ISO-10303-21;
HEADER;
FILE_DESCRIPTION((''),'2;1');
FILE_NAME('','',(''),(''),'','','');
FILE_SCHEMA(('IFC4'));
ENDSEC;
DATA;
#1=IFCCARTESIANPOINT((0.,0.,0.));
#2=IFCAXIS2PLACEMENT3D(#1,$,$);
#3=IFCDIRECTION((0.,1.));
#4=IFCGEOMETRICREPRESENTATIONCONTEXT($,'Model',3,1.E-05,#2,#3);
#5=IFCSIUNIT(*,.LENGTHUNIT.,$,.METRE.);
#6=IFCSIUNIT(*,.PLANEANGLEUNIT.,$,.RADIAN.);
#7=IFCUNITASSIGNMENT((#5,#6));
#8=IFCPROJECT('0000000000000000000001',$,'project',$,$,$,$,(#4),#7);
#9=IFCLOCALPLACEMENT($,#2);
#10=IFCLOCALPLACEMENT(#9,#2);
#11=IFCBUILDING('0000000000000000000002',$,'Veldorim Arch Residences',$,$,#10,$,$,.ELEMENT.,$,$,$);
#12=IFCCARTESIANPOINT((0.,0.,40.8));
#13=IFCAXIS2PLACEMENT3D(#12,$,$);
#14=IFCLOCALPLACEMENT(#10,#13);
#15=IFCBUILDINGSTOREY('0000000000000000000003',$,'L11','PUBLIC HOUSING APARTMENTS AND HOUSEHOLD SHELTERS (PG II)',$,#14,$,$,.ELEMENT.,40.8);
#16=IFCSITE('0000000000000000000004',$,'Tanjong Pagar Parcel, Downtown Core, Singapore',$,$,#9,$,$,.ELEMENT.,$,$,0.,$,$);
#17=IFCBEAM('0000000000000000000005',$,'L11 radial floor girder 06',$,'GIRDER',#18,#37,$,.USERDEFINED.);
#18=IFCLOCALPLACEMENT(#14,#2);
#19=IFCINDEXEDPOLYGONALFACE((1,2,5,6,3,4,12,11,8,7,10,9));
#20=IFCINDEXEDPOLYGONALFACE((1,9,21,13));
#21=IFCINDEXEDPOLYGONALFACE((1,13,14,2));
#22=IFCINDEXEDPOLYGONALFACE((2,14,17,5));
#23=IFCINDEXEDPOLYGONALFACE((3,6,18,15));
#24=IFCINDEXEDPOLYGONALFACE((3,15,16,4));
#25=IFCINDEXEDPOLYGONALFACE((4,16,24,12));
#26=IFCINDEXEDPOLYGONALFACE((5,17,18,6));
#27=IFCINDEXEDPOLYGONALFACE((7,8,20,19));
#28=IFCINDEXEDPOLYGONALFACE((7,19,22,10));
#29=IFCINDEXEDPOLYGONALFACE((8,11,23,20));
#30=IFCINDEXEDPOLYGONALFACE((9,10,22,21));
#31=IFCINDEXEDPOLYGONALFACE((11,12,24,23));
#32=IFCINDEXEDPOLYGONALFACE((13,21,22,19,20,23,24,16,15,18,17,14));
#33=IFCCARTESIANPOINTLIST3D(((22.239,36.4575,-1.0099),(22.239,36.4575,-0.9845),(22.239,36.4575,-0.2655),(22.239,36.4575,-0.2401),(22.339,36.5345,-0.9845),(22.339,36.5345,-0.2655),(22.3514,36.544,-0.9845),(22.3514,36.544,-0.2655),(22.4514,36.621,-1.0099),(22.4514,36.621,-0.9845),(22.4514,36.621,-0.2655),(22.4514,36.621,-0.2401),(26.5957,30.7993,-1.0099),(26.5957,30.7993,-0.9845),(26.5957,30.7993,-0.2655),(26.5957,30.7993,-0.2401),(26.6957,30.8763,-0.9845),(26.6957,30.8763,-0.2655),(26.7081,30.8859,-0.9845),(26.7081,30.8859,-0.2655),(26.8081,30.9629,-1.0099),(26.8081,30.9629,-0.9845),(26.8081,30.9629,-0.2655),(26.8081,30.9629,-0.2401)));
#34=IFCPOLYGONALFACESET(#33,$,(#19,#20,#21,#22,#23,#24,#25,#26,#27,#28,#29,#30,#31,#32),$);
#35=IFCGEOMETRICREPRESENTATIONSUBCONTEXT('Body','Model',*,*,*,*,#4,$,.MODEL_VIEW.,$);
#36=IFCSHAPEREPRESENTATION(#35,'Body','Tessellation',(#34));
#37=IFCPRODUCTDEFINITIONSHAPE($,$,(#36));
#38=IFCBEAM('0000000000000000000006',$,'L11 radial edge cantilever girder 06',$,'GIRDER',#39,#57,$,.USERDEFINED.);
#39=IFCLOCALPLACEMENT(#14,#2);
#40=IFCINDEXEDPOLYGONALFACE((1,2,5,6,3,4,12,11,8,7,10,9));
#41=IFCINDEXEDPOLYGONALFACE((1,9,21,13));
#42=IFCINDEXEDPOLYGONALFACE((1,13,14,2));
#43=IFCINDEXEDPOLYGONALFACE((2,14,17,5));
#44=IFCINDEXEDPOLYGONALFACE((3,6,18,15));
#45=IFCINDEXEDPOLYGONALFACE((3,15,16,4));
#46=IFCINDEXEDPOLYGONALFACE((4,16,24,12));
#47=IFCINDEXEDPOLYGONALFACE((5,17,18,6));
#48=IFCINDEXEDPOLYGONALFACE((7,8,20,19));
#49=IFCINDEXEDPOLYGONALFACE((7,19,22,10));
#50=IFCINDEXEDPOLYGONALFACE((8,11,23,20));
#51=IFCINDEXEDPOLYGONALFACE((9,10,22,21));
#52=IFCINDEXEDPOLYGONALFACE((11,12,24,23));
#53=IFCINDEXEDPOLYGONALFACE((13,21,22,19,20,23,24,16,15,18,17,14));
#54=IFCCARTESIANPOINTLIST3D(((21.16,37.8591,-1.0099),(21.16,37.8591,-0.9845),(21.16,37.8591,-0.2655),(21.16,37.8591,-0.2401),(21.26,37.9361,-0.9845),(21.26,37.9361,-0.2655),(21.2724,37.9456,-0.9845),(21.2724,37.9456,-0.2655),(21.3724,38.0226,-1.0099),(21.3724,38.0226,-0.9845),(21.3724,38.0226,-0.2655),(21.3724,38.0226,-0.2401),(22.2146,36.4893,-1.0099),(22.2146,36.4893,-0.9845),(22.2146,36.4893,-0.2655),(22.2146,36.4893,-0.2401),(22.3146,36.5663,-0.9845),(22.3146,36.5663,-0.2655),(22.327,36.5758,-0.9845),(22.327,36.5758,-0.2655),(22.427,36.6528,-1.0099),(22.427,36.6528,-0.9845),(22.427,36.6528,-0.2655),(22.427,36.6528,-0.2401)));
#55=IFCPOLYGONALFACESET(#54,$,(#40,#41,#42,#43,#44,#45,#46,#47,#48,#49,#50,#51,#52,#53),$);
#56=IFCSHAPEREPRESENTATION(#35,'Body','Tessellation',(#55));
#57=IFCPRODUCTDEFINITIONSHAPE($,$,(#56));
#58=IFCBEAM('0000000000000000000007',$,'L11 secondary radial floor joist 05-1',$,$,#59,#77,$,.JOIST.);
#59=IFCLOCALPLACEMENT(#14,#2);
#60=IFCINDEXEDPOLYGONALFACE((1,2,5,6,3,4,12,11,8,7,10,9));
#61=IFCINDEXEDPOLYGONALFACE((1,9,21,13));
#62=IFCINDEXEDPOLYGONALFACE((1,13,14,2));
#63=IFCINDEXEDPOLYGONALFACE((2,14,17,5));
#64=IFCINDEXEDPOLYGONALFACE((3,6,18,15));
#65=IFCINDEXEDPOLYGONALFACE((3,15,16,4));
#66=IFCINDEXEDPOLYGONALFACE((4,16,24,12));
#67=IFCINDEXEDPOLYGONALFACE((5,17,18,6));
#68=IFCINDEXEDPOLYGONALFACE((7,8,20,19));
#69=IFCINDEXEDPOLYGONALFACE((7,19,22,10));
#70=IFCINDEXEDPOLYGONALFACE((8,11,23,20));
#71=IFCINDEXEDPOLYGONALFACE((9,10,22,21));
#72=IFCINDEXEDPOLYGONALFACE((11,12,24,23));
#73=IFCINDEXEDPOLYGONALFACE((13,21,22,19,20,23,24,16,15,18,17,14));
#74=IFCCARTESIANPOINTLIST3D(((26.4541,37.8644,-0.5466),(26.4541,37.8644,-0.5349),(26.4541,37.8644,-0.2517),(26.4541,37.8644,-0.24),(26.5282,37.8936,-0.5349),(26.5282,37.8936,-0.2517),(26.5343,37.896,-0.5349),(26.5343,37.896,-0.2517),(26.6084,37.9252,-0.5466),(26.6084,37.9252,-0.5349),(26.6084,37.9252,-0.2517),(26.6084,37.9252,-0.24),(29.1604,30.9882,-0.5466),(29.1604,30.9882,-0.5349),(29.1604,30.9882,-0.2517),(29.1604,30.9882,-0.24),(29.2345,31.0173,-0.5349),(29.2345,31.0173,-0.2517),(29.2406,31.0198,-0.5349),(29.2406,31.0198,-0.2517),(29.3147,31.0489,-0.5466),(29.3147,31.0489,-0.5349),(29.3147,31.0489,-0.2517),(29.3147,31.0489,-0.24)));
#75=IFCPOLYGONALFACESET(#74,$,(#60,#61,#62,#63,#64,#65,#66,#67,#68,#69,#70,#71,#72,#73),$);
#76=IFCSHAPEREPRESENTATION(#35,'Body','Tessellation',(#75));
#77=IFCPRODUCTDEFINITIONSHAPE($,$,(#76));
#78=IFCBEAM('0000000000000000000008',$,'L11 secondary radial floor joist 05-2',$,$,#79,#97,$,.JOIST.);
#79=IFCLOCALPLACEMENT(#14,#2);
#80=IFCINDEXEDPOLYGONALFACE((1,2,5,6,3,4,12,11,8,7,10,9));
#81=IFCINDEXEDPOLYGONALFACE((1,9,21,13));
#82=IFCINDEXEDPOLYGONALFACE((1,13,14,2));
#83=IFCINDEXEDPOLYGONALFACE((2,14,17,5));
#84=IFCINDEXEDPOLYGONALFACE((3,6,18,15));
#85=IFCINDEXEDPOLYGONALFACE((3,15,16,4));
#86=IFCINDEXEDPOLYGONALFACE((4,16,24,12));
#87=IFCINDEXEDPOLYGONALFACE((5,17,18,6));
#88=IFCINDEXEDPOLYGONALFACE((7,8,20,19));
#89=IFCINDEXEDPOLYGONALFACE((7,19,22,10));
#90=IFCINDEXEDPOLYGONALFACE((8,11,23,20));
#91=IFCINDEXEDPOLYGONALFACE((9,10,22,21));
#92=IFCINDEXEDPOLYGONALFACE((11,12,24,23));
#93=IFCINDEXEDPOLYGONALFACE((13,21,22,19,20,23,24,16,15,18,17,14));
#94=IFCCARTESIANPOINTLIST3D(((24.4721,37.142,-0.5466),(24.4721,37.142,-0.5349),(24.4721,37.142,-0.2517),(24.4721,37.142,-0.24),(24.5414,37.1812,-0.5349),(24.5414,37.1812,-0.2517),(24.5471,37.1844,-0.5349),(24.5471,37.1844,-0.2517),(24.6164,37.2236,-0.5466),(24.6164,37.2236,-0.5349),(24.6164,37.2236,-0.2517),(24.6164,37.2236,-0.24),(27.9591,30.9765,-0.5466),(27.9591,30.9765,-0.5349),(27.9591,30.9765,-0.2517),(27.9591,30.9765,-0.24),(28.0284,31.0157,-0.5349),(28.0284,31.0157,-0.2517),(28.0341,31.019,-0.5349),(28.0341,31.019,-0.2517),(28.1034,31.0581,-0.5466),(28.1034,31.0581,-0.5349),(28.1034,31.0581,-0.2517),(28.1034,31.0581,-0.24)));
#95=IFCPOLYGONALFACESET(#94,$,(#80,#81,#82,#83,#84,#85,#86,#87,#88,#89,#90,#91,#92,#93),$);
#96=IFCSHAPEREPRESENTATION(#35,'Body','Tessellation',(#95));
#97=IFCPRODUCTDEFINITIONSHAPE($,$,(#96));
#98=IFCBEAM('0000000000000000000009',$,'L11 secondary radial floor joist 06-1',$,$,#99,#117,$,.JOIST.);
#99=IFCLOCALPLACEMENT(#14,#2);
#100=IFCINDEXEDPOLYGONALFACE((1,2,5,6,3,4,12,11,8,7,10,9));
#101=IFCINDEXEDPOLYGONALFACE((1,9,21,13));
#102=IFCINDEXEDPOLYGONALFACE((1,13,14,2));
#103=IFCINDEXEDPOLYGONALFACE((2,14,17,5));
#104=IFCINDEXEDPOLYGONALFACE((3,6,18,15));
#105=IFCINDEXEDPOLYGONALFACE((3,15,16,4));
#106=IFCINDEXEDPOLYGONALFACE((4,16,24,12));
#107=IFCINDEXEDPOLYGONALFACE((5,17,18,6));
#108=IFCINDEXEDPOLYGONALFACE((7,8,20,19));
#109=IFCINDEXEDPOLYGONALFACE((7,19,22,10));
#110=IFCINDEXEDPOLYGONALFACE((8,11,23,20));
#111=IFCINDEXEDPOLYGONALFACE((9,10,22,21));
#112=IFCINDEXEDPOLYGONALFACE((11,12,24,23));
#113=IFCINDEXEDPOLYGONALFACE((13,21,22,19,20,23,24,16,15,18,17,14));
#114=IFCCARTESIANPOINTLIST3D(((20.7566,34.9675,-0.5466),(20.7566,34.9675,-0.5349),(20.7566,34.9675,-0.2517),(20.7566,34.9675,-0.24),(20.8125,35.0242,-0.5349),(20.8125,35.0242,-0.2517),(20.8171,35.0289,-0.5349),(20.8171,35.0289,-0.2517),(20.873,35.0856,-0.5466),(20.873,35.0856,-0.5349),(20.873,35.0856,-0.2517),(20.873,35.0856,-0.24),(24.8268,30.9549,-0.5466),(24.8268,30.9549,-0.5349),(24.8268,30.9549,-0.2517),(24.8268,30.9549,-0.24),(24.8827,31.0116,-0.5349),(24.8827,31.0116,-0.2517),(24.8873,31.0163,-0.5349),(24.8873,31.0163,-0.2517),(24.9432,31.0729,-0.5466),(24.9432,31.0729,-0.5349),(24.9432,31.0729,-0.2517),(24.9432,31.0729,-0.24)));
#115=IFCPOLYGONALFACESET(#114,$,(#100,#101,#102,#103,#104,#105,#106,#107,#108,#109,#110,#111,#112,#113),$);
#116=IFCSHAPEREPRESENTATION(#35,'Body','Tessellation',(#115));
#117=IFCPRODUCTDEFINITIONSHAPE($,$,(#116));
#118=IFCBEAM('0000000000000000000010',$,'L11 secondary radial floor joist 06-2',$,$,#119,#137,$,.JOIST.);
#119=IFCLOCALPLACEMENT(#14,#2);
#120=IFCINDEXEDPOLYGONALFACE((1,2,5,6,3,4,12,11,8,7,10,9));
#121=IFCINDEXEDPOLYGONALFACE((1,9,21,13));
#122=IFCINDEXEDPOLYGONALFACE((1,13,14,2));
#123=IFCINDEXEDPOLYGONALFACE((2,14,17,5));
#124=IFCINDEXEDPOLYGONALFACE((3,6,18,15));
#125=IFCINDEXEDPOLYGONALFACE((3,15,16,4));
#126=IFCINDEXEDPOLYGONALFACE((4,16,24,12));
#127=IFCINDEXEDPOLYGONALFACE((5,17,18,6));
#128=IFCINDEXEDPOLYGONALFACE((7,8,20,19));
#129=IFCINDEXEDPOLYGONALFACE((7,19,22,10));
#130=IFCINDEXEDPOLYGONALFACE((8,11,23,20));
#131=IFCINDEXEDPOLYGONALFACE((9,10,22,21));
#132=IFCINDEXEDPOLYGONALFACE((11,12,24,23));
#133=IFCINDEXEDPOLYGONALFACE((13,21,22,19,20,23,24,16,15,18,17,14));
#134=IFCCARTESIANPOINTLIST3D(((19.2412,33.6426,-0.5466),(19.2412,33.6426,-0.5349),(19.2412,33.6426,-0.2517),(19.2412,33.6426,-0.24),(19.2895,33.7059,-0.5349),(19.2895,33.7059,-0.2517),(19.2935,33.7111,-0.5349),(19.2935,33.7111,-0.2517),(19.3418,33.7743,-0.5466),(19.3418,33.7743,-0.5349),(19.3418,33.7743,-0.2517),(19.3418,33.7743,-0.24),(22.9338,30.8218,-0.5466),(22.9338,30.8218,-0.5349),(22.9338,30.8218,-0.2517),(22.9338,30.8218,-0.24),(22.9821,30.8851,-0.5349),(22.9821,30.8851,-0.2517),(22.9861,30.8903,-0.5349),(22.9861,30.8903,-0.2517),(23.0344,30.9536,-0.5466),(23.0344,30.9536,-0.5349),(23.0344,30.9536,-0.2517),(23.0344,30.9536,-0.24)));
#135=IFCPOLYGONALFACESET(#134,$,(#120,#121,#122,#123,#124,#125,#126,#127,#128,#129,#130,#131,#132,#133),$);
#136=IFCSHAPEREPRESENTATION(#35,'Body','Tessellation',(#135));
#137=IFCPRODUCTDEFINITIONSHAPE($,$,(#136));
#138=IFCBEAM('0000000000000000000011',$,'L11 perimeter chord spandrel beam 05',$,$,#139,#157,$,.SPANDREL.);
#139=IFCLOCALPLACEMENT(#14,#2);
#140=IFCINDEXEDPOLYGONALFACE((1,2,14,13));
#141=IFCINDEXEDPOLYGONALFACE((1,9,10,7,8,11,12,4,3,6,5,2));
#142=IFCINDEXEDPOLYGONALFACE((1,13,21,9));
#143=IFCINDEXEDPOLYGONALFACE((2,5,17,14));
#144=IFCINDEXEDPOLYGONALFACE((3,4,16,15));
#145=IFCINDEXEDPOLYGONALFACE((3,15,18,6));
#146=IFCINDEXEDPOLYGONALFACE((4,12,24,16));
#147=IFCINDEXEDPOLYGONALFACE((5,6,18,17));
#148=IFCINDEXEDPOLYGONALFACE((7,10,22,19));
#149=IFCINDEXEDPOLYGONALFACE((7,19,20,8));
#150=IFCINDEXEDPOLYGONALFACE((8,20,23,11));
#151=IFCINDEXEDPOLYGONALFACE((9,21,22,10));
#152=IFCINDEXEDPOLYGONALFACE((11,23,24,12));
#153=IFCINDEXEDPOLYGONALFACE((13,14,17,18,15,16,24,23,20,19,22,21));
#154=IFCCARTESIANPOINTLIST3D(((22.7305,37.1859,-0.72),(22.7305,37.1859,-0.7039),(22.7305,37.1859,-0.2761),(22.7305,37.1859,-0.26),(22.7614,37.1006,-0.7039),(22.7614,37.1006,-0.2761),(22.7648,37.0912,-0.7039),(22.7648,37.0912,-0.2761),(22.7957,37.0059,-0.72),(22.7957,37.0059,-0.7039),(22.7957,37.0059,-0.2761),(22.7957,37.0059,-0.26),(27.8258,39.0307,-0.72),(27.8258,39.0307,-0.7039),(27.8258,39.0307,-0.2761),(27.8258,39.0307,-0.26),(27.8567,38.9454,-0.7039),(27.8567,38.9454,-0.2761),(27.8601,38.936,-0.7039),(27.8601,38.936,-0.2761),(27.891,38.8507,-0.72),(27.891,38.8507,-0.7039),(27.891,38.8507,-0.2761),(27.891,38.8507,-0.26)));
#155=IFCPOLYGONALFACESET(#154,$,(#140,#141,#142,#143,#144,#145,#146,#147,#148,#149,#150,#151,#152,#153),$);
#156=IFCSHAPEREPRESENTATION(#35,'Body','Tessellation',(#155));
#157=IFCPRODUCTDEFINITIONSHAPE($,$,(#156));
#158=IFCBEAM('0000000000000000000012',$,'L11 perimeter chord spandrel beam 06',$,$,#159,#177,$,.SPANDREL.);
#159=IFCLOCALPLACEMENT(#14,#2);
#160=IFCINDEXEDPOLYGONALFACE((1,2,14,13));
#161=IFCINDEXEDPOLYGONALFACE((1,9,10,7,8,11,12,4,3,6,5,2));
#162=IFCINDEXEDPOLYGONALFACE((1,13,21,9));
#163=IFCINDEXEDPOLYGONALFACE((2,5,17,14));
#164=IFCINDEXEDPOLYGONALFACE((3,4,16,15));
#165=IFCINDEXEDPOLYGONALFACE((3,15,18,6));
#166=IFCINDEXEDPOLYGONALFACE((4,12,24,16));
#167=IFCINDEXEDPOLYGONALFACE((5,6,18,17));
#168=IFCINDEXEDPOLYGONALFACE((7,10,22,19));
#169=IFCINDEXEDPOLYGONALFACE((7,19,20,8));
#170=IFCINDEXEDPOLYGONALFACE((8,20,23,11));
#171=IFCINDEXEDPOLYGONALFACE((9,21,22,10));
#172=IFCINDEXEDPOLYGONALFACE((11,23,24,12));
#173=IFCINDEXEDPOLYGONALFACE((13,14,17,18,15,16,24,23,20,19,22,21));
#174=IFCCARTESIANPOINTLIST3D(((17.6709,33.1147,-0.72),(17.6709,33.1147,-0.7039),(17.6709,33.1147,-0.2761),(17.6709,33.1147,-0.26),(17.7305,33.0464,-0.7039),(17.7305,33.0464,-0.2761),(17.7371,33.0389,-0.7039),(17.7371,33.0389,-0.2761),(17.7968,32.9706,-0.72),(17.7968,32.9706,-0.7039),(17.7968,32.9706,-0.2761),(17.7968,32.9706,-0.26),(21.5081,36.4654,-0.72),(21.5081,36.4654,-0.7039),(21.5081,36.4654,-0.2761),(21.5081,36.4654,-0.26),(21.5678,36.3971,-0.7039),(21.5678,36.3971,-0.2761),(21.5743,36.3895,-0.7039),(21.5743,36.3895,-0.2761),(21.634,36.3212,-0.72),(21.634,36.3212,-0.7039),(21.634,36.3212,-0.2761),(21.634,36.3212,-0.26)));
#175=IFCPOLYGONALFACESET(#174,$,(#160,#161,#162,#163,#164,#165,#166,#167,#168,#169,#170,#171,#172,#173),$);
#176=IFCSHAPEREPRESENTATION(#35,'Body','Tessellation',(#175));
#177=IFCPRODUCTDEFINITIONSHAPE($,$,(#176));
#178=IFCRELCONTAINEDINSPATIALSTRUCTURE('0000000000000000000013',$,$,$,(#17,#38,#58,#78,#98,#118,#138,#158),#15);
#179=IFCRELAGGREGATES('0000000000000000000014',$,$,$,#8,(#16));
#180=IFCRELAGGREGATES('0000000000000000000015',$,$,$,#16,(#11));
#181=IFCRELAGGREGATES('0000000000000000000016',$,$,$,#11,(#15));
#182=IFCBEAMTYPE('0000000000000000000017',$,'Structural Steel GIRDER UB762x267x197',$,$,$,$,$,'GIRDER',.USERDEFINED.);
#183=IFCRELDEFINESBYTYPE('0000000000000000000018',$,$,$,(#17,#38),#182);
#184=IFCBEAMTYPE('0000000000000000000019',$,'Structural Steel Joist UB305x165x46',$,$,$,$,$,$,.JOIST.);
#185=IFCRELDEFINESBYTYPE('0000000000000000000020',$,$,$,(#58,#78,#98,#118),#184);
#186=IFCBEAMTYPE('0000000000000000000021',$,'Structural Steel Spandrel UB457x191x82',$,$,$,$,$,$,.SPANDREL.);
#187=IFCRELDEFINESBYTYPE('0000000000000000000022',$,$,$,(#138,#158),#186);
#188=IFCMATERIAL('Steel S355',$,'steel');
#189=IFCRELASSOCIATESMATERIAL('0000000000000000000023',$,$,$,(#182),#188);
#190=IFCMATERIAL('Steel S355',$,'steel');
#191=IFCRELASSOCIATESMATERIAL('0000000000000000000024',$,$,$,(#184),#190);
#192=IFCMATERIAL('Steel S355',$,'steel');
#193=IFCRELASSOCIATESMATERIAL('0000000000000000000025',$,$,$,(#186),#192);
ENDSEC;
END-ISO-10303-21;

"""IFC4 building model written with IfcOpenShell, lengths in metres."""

from ifc_helpers import new_model, si_unit, direction, frame, origin, origin_2d, place, context, subcontext, project, spatial, i_section, extrude, material, material_profile, profile_set, type_object, element, save


model = new_model("IFC4")

# Units and contexts
model_context = context("Model", 3, precision=1e-05, world=origin(), true_north=direction((0.0, 1.0)))
body_context = subcontext(model_context, "Body", "Model", "MODEL_VIEW")
ifc_project = project(units=[si_unit("LENGTHUNIT", "METRE"), si_unit("PLANEANGLEUNIT", "RADIAN")], contexts=[model_context])

# Site, building, storey
site_placement = place(None, origin())
site = spatial("IfcSite", under=ifc_project, at=site_placement, Name="Tanjong Pagar Parcel, Downtown Core, Singapore", CompositionType="ELEMENT", RefElevation=0.0)
building_placement = place(site_placement, origin())
building = spatial("IfcBuilding", under=site, at=building_placement, Name="Veldorim Arch Residences", CompositionType="ELEMENT")
storey_placement = place(building_placement, frame((0.0, 0.0, 40.8)))
storey = spatial("IfcBuildingStorey", under=building, at=storey_placement, Name="L11", Description="PUBLIC HOUSING APARTMENTS AND HOUSEHOLD SHELTERS (PG II)", CompositionType="ELEMENT", Elevation=40.8)

# Beams
ifc_material_1 = material(Name="Steel S355", Category="steel")
ifc_material_profile_1 = material_profile(ifc_material_1, i_section(OverallWidth=0.2681, OverallDepth=0.7698, WebThickness=0.0156, FlangeThickness=0.0254, at=origin_2d()), Name="UB762x267x197")
ifc_profile_set_1 = profile_set([ifc_material_profile_1], Name="Steel S355")
beam_type_1 = type_object("IfcBeamType", Name="Structural Steel GIRDER UB762x267x197", ElementType="GIRDER", PredefinedType="USERDEFINED", material=ifc_profile_set_1)
beam_1_placement = place(storey_placement, frame((26.7019, 30.8811, -0.625), z_axis=(-0.610082, 0.792338, 0.0), x_axis=(-0.792338, -0.610082, 0.0)))
element("IfcBeam", 1, at=beam_1_placement, inside=storey, type_object=beam_type_1, Name="L11 radial floor girder 06", ObjectType="GIRDER", PredefinedType="USERDEFINED", context=body_context, shape_type="SweptSolid", body=[
    extrude(i_section(OverallWidth=0.2681, OverallDepth=0.7698, WebThickness=0.0156, FlangeThickness=0.0254, at=origin_2d()), origin(), (0.0, 0.0, 1.0), 7.1411),
])
beam_2_placement = place(storey_placement, frame((22.3208, 36.571, -0.625), z_axis=(-0.610052, 0.792361, 0.0), x_axis=(-0.792361, -0.610052, 0.0)))
element("IfcBeam", 2, at=beam_2_placement, inside=storey, type_object=beam_type_1, Name="L11 radial edge cantilever girder 06", ObjectType="GIRDER", PredefinedType="USERDEFINED", context=body_context, shape_type="SweptSolid", body=[
    extrude(i_section(OverallWidth=0.2681, OverallDepth=0.7698, WebThickness=0.0156, FlangeThickness=0.0254, at=origin_2d()), origin(), (0.0, 0.0, 1.0), 1.7288),
])
ifc_material_2 = material(Name="Steel S355", Category="steel")
ifc_material_profile_2 = material_profile(ifc_material_2, i_section(OverallWidth=0.1658, OverallDepth=0.3066, WebThickness=0.0066, FlangeThickness=0.0117, at=origin_2d()), Name="UB305x165x46")
ifc_profile_set_2 = profile_set([ifc_material_profile_2], Name="Steel S355")
beam_type_2 = type_object("IfcBeamType", Name="Structural Steel Joist UB305x165x46", PredefinedType="JOIST", material=ifc_profile_set_2)
beam_3_placement = place(storey_placement, frame((29.2375, 31.0186, -0.3933), z_axis=(-0.36623, 0.930524, 0.0), x_axis=(-0.930524, -0.36623, 0.0)))
element("IfcBeam", 3, at=beam_3_placement, inside=storey, type_object=beam_type_2, Name="L11 secondary radial floor joist 05-1", PredefinedType="JOIST", context=body_context, shape_type="SweptSolid", body=[
    extrude(i_section(OverallWidth=0.1658, OverallDepth=0.3066, WebThickness=0.0066, FlangeThickness=0.0117, at=origin_2d()), origin(), (0.0, 0.0, 1.0), 7.3896),
])
beam_4_placement = place(storey_placement, frame((28.0312, 31.0173, -0.3933), z_axis=(-0.492292, 0.87043, 0.0), x_axis=(-0.87043, -0.492292, 0.0)))
element("IfcBeam", 4, at=beam_4_placement, inside=storey, type_object=beam_type_2, Name="L11 secondary radial floor joist 05-2", PredefinedType="JOIST", context=body_context, shape_type="SweptSolid", body=[
    extrude(i_section(OverallWidth=0.1658, OverallDepth=0.3066, WebThickness=0.0066, FlangeThickness=0.0117, at=origin_2d()), origin(), (0.0, 0.0, 1.0), 7.0833),
])
beam_5_placement = place(storey_placement, frame((24.885, 31.0139, -0.3933), z_axis=(-0.712129, 0.702049, 0.0), x_axis=(-0.702049, -0.712129, 0.0)))
element("IfcBeam", 5, at=beam_5_placement, inside=storey, type_object=beam_type_2, Name="L11 secondary radial floor joist 06-1", PredefinedType="JOIST", context=body_context, shape_type="SweptSolid", body=[
    extrude(i_section(OverallWidth=0.1658, OverallDepth=0.3066, WebThickness=0.0066, FlangeThickness=0.0117, at=origin_2d()), origin(), (0.0, 0.0, 1.0), 5.7156),
])
beam_6_placement = place(storey_placement, frame((22.9841, 30.8877, -0.3933), z_axis=(-0.794666, 0.607046, 0.0), x_axis=(-0.607046, -0.794666, 0.0)))
element("IfcBeam", 6, at=beam_6_placement, inside=storey, type_object=beam_type_2, Name="L11 secondary radial floor joist 06-2", PredefinedType="JOIST", context=body_context, shape_type="SweptSolid", body=[
    extrude(i_section(OverallWidth=0.1658, OverallDepth=0.3066, WebThickness=0.0066, FlangeThickness=0.0117, at=origin_2d()), origin(), (0.0, 0.0, 1.0), 4.6467),
])
ifc_material_3 = material(Name="Steel S355", Category="steel")
ifc_material_profile_3 = material_profile(ifc_material_3, i_section(OverallWidth=0.1914, OverallDepth=0.46, WebThickness=0.01, FlangeThickness=0.0161, at=origin_2d()), Name="UB457x191x82")
ifc_profile_set_3 = profile_set([ifc_material_profile_3], Name="Steel S355")
beam_type_3 = type_object("IfcBeamType", Name="Structural Steel Spandrel UB457x191x82", PredefinedType="SPANDREL", material=ifc_profile_set_3)
beam_7_placement = place(storey_placement, frame((27.8584, 38.9407, -0.49), z_axis=(-0.940271, -0.340426, 0.0), x_axis=(0.340426, -0.940271, 0.0)))
element("IfcBeam", 7, at=beam_7_placement, inside=storey, type_object=beam_type_3, Name="L11 perimeter chord spandrel beam 05", PredefinedType="SPANDREL", context=body_context, shape_type="SweptSolid", body=[
    extrude(i_section(OverallWidth=0.1914, OverallDepth=0.46, WebThickness=0.01, FlangeThickness=0.0161, at=origin_2d()), origin(), (0.0, 0.0, 1.0), 5.4189),
])
beam_8_placement = place(storey_placement, frame((21.571, 36.3933, -0.49), z_axis=(-0.75325, -0.657734, 0.0), x_axis=(0.657734, -0.75325, 0.0)))
element("IfcBeam", 8, at=beam_8_placement, inside=storey, type_object=beam_type_3, Name="L11 perimeter chord spandrel beam 06", PredefinedType="SPANDREL", context=body_context, shape_type="SweptSolid", body=[
    extrude(i_section(OverallWidth=0.1914, OverallDepth=0.46, WebThickness=0.01, FlangeThickness=0.0161, at=origin_2d()), origin(), (0.0, 0.0, 1.0), 5.0942),
])

save(model, "model.ifc")
